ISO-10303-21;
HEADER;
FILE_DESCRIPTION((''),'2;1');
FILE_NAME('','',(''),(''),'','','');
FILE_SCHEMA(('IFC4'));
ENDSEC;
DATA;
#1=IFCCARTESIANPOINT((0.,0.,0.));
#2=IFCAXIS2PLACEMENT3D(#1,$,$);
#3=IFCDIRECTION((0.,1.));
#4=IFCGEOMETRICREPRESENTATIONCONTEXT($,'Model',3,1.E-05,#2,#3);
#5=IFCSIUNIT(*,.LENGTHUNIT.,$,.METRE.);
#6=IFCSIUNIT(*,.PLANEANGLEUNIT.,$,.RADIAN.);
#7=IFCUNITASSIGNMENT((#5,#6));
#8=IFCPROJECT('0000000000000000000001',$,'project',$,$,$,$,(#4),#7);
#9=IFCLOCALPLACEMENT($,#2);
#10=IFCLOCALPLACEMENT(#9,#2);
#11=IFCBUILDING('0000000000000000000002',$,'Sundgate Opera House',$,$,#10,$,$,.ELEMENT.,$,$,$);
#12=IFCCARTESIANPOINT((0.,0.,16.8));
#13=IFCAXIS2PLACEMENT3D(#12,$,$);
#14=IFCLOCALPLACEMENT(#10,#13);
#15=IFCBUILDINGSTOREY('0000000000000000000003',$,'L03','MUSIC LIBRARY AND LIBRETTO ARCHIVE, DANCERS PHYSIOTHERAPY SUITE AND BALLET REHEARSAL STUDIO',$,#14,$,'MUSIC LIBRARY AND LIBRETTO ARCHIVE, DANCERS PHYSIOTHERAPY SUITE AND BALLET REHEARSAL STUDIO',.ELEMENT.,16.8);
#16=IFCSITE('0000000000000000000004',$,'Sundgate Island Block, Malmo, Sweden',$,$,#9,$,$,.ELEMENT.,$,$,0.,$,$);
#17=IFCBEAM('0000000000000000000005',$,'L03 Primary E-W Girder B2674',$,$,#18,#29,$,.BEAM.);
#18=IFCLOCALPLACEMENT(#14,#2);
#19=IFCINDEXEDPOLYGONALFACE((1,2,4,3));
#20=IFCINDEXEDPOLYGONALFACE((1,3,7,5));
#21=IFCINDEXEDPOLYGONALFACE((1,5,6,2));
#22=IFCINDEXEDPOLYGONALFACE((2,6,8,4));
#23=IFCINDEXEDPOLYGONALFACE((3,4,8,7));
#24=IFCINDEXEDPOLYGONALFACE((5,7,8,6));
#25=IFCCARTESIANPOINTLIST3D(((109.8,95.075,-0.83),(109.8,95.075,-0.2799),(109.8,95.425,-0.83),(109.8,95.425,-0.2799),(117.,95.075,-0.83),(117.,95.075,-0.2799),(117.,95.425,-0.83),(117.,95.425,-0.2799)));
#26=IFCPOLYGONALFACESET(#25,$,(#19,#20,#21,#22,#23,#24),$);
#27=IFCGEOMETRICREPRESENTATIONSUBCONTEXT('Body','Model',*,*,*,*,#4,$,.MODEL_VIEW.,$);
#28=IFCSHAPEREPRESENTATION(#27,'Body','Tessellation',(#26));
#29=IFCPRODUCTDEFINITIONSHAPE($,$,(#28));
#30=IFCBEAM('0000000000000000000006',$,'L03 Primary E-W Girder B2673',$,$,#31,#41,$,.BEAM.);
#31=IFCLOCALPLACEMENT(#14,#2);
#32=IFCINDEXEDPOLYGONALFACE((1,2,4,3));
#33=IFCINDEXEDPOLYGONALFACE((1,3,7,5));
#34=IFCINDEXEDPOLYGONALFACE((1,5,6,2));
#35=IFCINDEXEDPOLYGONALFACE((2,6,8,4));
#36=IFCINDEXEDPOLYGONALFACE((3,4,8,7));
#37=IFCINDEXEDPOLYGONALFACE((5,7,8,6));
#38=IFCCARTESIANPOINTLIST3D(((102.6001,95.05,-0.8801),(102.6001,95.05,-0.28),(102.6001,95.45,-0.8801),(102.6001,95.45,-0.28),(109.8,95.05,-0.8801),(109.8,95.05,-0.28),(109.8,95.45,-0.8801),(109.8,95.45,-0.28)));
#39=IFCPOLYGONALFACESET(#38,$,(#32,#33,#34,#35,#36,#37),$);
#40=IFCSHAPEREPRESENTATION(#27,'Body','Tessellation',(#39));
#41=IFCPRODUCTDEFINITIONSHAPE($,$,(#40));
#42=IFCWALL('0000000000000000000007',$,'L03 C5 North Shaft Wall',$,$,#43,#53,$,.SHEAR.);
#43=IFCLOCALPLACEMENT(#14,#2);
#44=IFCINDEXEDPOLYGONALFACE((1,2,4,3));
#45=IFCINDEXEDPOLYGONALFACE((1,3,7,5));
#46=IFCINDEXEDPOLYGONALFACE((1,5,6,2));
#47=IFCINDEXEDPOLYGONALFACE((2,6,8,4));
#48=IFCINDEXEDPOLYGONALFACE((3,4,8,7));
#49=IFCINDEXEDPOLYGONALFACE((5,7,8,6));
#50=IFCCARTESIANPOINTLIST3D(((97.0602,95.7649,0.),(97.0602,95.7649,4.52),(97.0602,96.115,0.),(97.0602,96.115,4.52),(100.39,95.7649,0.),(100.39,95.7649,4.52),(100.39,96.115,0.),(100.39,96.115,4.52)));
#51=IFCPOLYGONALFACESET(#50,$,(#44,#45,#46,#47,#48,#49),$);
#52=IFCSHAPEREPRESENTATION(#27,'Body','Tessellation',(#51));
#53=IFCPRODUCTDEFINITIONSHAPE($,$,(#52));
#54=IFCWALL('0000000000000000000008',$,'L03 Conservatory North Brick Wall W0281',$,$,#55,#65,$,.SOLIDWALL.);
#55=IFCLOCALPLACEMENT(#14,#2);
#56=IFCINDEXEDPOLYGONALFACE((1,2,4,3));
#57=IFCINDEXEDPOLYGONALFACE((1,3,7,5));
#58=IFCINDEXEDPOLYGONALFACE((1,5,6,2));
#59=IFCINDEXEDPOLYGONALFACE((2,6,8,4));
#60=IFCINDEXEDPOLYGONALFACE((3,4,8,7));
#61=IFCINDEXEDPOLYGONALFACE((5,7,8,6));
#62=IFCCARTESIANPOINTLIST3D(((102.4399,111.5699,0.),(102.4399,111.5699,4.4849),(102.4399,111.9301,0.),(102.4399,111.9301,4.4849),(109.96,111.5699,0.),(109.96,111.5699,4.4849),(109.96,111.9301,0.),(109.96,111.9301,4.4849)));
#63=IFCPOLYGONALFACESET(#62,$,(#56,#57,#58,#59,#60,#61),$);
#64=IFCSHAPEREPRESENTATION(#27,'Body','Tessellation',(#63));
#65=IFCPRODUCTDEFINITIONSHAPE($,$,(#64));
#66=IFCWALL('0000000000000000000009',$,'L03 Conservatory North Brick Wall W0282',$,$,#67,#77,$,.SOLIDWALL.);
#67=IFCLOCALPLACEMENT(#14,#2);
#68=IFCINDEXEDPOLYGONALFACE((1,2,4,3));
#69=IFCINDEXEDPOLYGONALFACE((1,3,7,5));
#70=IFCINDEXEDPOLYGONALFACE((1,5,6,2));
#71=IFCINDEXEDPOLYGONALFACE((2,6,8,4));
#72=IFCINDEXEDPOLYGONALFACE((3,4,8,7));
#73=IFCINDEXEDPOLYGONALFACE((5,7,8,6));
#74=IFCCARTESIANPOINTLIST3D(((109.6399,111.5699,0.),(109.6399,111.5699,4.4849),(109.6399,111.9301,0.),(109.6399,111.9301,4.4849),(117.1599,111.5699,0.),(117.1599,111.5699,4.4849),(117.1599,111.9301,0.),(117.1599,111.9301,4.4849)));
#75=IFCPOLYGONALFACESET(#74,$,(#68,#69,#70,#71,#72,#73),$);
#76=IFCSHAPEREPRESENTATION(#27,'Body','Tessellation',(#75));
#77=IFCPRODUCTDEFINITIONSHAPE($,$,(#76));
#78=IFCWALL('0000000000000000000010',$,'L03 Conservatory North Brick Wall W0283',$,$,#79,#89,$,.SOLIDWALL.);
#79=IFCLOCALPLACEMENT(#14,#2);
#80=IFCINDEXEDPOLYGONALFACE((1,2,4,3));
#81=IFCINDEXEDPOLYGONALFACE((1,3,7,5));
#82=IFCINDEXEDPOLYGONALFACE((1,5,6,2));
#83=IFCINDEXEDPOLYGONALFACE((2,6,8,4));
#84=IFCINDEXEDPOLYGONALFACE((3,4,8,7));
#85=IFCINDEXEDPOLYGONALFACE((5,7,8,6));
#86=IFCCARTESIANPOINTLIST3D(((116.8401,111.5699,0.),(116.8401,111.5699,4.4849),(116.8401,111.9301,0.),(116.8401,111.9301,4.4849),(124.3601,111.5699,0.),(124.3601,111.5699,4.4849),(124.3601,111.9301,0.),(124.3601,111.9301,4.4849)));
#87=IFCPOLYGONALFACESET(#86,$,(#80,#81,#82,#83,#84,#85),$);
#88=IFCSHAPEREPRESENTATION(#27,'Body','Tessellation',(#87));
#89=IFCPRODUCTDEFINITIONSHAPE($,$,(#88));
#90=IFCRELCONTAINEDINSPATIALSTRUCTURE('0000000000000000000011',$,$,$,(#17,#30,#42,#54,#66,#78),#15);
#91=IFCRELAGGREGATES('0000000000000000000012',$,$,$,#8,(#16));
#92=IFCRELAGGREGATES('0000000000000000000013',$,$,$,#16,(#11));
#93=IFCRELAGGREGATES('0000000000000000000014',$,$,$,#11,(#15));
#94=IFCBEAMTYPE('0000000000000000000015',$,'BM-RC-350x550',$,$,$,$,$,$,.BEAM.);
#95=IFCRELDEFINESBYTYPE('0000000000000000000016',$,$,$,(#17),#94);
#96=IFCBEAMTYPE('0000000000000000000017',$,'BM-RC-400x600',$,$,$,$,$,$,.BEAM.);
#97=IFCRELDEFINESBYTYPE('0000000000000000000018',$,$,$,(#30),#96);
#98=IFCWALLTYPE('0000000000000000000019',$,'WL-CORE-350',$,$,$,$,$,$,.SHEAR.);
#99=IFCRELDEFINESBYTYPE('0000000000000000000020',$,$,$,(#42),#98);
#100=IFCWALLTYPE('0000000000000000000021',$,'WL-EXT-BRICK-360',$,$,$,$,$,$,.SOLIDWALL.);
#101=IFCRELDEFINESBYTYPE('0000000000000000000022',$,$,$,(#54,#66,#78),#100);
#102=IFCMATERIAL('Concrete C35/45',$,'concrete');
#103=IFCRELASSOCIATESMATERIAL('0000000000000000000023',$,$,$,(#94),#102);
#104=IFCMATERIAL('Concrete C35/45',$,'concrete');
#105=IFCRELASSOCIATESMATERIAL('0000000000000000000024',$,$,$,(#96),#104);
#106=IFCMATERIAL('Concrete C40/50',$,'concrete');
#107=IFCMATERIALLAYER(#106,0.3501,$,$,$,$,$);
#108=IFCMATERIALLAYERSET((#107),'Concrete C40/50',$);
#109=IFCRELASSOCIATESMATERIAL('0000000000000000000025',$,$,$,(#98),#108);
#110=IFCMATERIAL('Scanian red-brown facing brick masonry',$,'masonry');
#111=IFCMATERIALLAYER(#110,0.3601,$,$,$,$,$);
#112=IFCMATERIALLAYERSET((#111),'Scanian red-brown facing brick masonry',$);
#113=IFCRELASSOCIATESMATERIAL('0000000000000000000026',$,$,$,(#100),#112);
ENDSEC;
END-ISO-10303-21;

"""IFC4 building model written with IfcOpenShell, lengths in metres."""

from ifc_helpers import new_model, si_unit, direction, frame, frame_2d, origin, origin_2d, place, context, subcontext, project, spatial, rectangle, extrude, material, layer, layer_set, material_profile, profile_set, type_object, element, save


model = new_model("IFC4")

# Units and contexts
model_context = context("Model", 3, precision=1e-05, world=origin(), true_north=direction((0.0, 1.0)))
body_context = subcontext(model_context, "Body", "Model", "MODEL_VIEW")
ifc_project = project(units=[si_unit("LENGTHUNIT", "METRE"), si_unit("PLANEANGLEUNIT", "RADIAN")], contexts=[model_context])

# Site, building, storey
site_placement = place(None, origin())
site = spatial("IfcSite", under=ifc_project, at=site_placement, Name="Sundgate Island Block, Malmo, Sweden", CompositionType="ELEMENT", RefElevation=0.0)
building_placement = place(site_placement, origin())
building = spatial("IfcBuilding", under=site, at=building_placement, Name="Sundgate Opera House", CompositionType="ELEMENT")
storey_placement = place(building_placement, frame((0.0, 0.0, 16.8)))
storey = spatial("IfcBuildingStorey", under=building, at=storey_placement, Name="L03", Description="MUSIC LIBRARY AND LIBRETTO ARCHIVE, DANCERS PHYSIOTHERAPY SUITE AND BALLET REHEARSAL STUDIO", LongName="MUSIC LIBRARY AND LIBRETTO ARCHIVE, DANCERS PHYSIOTHERAPY SUITE AND BALLET REHEARSAL STUDIO", CompositionType="ELEMENT", Elevation=16.8)

# Beams
ifc_material_1 = material(Name="Concrete C35/45", Category="concrete")
ifc_material_profile_1 = material_profile(ifc_material_1, rectangle(XDim=0.3501, YDim=0.55, at=origin_2d()), Name="RC 350x550")
ifc_profile_set_1 = profile_set([ifc_material_profile_1], Name="Concrete C35/45")
beam_type_1 = type_object("IfcBeamType", Name="BM-RC-350x550", PredefinedType="BEAM", material=ifc_profile_set_1)
beam_1_placement = place(storey_placement, frame((109.8, 95.25, -0.5549), z_axis=(1.0, 0.0, 0.0), x_axis=(0.0, 1.0, 0.0)))
element("IfcBeam", 1, at=beam_1_placement, inside=storey, type_object=beam_type_1, Name="L03 Primary E-W Girder B2674", PredefinedType="BEAM", context=body_context, shape_type="SweptSolid", body=[
    extrude(rectangle(XDim=0.3501, YDim=0.55, at=origin_2d()), origin(), (0.0, 0.0, 1.0), 7.2),
])
ifc_material_2 = material(Name="Concrete C35/45", Category="concrete")
ifc_material_profile_2 = material_profile(ifc_material_2, rectangle(XDim=0.3999, YDim=0.6001, at=origin_2d()), Name="RC 400x600")
ifc_profile_set_2 = profile_set([ifc_material_profile_2], Name="Concrete C35/45")
beam_type_2 = type_object("IfcBeamType", Name="BM-RC-400x600", PredefinedType="BEAM", material=ifc_profile_set_2)
beam_2_placement = place(storey_placement, frame((102.6001, 95.25, -0.5801), z_axis=(1.0, 0.0, 0.0), x_axis=(0.0, 1.0, 0.0)))
element("IfcBeam", 2, at=beam_2_placement, inside=storey, type_object=beam_type_2, Name="L03 Primary E-W Girder B2673", PredefinedType="BEAM", context=body_context, shape_type="SweptSolid", body=[
    extrude(rectangle(XDim=0.3999, YDim=0.6001, at=origin_2d()), origin(), (0.0, 0.0, 1.0), 7.2),
])

# Walls
ifc_material_3 = material(Name="Concrete C40/50", Category="concrete")
ifc_layer_1 = layer(ifc_material_3, 0.3501)
ifc_layer_set_1 = layer_set([ifc_layer_1], Name="Concrete C40/50")
wall_type_1 = type_object("IfcWallType", Name="WL-CORE-350", PredefinedType="SHEAR", material=ifc_layer_set_1)
wall_placement = place(storey_placement, frame((97.0601, 95.9399, 0.0), z_axis=(0.0, 0.0, 1.0), x_axis=(1.0, 0.0, 0.0)))
element("IfcWall", 3, at=wall_placement, inside=storey, type_object=wall_type_1, Name="L03 C5 North Shaft Wall", PredefinedType="SHEAR", context=body_context, shape_type="SweptSolid", body=[
    extrude(rectangle(XDim=3.3298, YDim=0.3501, at=frame_2d((1.665, 0.0))), origin(), (0.0, 0.0, 1.0), 4.52),
])
ifc_material_4 = material(Name="Scanian red-brown facing brick masonry", Category="masonry")
ifc_layer_2 = layer(ifc_material_4, 0.3601)
ifc_layer_set_2 = layer_set([ifc_layer_2], Name="Scanian red-brown facing brick masonry")
wall_type_2 = type_object("IfcWallType", Name="WL-EXT-BRICK-360", PredefinedType="SOLIDWALL", material=ifc_layer_set_2)
for number, where, z_axis, x_axis, name in (
    (4, (102.4399, 111.75, 0.0), (0.0, 0.0, 1.0), (1.0, 0.0, 0.0), "L03 Conservatory North Brick Wall W0281"),
    (5, (109.6399, 111.75, 0.0), (0.0, 0.0, 1.0), (1.0, 0.0, 0.0), "L03 Conservatory North Brick Wall W0282"),
    (6, (116.8401, 111.75, 0.0), (0.0, 0.0, 1.0), (1.0, 0.0, 0.0), "L03 Conservatory North Brick Wall W0283"),
):
    element("IfcWall", number, at=place(storey_placement, frame(where, z_axis=z_axis, x_axis=x_axis)), inside=storey, type_object=wall_type_2, Name=name, PredefinedType="SOLIDWALL", context=body_context, shape_type="SweptSolid", body=[
        extrude(rectangle(XDim=7.52, YDim=0.3601, at=frame_2d((3.76, 0.0))), origin(), (0.0, 0.0, 1.0), 4.4849),
    ])

save(model, "model.ifc")
